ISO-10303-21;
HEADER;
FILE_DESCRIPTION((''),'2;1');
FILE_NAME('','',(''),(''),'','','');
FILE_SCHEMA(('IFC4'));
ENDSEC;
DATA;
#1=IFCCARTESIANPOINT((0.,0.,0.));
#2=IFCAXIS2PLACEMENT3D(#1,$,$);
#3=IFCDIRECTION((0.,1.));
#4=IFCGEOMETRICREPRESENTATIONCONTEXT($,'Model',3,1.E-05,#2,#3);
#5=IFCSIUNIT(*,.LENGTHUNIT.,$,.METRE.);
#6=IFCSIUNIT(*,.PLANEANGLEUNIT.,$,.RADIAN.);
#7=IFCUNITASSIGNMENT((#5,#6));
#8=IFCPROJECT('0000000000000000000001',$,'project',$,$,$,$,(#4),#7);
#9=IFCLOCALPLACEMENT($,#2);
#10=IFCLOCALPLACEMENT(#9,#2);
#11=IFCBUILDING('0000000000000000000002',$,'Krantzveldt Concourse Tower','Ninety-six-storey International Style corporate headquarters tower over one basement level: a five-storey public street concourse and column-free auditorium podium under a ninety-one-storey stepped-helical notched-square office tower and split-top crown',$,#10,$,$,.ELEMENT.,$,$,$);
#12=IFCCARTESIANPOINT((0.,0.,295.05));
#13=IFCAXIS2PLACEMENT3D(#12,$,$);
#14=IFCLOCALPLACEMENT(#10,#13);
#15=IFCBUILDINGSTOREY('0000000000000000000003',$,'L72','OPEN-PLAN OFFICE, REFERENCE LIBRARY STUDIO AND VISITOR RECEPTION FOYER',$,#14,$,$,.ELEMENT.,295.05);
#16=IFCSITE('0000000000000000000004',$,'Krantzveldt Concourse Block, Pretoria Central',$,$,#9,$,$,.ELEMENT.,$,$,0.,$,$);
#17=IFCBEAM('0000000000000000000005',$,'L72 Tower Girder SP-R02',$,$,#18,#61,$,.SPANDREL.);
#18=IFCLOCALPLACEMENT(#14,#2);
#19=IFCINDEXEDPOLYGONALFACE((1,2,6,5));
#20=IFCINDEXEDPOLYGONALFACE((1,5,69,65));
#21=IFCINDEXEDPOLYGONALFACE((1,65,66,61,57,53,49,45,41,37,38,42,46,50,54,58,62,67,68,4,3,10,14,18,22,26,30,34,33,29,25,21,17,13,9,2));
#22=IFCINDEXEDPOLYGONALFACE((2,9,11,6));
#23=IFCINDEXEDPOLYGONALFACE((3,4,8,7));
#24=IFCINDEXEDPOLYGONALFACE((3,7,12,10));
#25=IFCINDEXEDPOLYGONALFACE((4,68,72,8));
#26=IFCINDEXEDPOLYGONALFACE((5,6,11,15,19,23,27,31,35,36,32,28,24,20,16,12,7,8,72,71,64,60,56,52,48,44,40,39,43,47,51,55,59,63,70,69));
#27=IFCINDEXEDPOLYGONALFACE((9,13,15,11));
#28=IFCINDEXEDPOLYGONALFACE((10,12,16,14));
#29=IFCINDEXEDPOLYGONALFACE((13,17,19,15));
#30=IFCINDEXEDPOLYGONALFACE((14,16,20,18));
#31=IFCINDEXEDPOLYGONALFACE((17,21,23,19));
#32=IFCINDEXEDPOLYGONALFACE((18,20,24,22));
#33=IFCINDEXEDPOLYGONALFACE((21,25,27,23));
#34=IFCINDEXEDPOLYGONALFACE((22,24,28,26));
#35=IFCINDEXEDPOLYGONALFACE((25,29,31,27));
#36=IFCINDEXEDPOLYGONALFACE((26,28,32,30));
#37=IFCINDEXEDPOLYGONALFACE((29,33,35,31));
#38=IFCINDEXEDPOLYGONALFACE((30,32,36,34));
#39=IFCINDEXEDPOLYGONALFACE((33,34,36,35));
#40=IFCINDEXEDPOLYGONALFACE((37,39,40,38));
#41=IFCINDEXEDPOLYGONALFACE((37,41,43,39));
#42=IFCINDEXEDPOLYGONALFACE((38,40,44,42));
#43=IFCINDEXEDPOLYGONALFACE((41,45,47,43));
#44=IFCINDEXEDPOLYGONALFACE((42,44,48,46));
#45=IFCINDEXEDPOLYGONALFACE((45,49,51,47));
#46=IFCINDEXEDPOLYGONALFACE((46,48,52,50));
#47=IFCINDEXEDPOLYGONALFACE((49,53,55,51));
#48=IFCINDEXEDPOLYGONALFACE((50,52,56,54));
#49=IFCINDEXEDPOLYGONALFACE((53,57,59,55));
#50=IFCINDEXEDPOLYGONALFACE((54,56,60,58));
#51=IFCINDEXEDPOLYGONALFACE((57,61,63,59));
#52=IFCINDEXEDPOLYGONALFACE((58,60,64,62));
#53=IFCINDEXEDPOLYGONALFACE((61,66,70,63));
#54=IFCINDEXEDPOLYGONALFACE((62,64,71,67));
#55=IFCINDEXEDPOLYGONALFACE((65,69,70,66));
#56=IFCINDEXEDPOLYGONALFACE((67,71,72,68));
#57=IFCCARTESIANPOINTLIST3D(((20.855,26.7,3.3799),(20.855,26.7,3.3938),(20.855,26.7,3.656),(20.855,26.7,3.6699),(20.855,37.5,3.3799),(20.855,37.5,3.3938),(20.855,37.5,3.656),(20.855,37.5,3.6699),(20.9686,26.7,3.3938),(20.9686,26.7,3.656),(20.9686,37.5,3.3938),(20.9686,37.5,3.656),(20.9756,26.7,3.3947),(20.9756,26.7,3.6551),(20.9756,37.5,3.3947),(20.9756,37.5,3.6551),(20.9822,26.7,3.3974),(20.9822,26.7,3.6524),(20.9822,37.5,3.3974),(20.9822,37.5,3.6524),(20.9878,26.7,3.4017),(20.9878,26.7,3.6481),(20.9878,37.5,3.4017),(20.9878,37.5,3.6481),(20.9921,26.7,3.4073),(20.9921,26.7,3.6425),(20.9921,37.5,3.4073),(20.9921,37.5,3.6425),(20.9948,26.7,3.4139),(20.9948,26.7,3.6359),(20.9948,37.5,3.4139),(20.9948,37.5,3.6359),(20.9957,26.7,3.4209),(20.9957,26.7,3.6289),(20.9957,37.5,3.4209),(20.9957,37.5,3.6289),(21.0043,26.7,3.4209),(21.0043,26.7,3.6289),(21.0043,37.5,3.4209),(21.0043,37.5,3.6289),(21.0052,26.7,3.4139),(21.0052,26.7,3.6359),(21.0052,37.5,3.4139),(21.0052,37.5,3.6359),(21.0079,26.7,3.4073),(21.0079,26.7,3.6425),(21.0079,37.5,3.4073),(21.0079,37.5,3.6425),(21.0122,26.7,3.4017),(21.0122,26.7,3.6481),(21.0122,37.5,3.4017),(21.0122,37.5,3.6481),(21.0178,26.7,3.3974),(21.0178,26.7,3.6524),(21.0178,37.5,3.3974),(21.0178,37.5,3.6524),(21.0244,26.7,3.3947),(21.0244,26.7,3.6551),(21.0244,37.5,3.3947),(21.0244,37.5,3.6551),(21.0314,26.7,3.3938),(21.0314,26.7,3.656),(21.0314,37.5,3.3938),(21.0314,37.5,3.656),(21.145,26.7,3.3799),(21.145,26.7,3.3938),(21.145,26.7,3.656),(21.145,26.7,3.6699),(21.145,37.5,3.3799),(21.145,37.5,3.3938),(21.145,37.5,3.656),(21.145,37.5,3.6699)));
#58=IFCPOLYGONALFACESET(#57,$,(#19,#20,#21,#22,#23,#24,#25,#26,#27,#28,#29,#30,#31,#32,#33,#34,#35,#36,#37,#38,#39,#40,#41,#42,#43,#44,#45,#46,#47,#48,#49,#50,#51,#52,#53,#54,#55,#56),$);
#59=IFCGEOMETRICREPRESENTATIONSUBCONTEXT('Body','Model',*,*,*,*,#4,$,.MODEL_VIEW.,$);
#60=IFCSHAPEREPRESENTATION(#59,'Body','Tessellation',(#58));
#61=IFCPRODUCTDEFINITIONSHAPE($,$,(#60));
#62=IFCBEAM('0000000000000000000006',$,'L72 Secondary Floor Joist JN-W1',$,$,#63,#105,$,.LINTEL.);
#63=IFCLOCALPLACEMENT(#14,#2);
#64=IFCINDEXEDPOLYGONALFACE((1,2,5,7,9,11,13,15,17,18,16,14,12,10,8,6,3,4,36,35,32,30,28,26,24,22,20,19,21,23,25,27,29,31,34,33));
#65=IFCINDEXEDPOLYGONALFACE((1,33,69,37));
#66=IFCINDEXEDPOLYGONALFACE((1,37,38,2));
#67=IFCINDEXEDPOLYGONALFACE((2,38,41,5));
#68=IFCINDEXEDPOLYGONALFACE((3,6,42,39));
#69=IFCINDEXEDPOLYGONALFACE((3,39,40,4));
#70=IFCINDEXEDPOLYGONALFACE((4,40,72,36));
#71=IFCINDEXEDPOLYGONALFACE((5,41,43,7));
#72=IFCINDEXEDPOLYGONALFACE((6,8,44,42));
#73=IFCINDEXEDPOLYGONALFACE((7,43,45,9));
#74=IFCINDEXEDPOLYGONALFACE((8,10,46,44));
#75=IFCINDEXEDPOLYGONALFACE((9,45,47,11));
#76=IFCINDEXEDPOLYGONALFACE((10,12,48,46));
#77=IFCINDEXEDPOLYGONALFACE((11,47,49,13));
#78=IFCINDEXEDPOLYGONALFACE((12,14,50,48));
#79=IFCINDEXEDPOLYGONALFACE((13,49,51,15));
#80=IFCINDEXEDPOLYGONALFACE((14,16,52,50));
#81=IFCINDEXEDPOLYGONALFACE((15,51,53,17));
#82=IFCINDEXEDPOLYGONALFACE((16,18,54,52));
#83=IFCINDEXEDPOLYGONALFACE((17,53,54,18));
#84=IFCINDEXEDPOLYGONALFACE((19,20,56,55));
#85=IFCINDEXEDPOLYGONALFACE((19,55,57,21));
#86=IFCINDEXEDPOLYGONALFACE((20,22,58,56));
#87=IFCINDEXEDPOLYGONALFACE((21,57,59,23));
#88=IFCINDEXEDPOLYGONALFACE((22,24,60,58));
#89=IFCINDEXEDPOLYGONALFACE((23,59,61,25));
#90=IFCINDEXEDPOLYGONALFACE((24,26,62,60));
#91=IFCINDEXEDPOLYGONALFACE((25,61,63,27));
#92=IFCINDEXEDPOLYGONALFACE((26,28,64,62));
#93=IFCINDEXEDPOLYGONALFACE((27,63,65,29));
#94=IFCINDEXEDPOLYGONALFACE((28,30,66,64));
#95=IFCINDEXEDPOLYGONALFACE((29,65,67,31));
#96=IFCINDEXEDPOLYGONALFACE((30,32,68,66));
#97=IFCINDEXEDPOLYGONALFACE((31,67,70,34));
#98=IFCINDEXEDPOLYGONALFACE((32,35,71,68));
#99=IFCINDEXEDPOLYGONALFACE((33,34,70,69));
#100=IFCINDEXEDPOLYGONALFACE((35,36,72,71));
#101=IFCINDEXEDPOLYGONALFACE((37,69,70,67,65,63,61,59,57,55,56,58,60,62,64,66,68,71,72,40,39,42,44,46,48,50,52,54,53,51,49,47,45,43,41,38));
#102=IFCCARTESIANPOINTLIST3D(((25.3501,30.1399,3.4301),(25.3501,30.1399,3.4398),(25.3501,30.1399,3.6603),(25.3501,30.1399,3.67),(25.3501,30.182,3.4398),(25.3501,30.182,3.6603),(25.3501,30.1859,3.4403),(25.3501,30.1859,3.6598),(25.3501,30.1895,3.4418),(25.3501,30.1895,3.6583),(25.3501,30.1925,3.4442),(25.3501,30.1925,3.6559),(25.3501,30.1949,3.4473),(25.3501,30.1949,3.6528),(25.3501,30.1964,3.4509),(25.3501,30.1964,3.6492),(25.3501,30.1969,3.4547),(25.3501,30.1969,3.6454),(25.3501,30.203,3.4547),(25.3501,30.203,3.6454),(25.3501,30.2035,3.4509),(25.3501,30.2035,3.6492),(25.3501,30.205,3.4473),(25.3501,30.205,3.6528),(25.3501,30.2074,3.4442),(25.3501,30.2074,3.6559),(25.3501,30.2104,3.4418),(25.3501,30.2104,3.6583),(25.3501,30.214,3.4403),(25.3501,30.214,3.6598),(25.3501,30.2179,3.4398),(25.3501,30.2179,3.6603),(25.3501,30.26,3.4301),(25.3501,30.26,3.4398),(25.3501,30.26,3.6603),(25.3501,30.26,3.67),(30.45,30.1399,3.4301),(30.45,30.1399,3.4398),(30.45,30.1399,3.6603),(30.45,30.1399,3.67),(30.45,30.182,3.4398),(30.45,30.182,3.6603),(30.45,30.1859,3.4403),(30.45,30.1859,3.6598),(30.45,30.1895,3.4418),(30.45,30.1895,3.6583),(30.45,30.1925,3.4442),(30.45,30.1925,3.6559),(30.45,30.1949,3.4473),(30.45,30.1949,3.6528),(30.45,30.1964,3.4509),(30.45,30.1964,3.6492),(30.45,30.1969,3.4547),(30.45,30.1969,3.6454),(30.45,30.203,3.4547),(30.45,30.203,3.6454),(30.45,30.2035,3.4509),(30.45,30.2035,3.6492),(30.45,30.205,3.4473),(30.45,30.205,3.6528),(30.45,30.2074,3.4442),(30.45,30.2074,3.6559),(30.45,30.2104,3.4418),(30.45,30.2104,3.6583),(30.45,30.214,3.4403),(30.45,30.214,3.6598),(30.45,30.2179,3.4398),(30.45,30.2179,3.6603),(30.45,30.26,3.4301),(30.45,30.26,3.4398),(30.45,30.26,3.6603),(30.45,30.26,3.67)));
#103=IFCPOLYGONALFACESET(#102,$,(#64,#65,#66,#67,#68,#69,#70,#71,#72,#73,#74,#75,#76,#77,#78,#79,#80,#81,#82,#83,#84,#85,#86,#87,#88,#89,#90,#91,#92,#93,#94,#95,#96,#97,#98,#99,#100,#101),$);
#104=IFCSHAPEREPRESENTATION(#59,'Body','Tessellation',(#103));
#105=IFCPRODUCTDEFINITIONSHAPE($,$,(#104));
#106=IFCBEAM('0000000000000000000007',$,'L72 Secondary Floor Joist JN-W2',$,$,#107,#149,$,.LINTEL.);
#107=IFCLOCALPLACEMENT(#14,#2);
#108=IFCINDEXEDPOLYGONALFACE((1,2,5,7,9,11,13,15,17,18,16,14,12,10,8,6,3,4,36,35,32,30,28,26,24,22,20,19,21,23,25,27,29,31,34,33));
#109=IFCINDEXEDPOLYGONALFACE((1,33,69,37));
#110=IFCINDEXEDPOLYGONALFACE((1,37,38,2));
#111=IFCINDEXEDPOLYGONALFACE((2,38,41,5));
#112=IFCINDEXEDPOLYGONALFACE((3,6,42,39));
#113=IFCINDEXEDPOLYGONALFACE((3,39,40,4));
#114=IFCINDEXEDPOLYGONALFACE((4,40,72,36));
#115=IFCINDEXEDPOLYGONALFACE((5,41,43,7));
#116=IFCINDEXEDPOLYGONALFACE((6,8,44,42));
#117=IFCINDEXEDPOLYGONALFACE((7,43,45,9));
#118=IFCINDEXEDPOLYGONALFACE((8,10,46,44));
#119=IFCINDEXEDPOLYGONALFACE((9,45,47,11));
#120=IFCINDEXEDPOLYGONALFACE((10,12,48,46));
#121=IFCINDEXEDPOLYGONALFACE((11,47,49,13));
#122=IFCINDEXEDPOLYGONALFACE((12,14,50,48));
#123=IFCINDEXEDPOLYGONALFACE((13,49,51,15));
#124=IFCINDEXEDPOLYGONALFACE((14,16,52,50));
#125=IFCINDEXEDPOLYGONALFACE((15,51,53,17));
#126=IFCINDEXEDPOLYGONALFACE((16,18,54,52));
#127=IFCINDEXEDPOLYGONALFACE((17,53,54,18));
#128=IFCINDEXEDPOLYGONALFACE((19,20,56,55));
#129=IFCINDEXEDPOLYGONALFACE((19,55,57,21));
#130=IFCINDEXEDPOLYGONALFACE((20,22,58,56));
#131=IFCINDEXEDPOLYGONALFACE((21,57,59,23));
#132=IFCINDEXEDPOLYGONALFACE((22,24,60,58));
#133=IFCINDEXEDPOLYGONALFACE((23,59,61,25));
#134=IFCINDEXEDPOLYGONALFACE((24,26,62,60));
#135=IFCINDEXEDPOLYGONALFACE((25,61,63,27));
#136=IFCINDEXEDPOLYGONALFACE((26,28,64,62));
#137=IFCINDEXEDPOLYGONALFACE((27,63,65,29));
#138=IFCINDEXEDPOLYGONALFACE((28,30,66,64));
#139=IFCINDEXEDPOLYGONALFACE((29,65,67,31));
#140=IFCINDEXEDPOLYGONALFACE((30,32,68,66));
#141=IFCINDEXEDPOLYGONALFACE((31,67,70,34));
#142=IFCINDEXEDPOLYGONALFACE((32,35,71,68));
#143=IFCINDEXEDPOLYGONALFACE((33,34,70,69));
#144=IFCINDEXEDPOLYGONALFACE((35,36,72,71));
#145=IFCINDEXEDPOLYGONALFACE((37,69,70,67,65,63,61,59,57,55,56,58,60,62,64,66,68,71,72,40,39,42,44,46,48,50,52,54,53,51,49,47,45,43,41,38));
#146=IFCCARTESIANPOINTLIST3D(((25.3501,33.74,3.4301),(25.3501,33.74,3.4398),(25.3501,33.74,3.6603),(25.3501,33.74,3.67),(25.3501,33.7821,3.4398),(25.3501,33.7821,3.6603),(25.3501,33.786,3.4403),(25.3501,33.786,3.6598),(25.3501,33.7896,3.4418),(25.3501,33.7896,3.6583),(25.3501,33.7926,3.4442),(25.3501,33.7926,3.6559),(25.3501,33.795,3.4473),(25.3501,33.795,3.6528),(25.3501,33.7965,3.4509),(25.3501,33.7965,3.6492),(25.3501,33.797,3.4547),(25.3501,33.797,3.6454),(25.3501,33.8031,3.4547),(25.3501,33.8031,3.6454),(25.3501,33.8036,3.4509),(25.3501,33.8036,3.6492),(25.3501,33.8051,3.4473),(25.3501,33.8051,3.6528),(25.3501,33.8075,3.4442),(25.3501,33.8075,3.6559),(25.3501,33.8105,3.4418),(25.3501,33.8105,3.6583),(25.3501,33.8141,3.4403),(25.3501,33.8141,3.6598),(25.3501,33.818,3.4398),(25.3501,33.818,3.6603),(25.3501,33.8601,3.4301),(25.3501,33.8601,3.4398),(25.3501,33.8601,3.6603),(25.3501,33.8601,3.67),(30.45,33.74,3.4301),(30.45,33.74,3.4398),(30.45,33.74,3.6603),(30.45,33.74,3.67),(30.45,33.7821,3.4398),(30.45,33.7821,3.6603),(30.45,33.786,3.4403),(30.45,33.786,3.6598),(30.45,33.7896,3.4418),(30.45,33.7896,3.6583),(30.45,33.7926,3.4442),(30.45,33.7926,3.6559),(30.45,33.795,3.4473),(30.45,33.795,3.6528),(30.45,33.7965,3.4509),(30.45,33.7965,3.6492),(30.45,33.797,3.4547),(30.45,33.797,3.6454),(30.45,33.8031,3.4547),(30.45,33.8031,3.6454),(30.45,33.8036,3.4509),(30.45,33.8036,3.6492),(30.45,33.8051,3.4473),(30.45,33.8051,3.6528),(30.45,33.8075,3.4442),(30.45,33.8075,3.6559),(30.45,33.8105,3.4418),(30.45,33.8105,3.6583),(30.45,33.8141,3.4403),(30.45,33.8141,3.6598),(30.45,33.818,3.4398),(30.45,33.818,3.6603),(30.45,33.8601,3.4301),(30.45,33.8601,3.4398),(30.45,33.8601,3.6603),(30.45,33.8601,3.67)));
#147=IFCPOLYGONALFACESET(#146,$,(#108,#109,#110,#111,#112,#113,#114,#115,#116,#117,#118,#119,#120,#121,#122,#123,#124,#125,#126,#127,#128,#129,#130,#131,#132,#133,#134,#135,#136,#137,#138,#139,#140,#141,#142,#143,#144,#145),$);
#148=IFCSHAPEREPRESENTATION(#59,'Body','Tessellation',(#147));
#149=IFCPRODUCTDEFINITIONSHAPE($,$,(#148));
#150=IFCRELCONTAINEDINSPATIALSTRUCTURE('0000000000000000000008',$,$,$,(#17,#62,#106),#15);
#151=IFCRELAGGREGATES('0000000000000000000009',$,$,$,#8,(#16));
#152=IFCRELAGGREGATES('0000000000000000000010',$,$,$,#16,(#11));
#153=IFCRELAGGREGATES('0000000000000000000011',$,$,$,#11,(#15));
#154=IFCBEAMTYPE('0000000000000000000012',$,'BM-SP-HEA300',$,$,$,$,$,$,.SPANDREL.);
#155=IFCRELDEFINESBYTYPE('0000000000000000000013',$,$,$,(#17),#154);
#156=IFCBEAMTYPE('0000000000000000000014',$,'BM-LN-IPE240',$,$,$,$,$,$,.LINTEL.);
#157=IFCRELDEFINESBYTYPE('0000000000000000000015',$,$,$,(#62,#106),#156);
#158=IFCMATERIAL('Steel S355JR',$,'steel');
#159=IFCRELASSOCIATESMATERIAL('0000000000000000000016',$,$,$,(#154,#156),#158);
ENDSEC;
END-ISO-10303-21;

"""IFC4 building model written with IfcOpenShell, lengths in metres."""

from ifc_helpers import new_model, si_unit, direction, frame, origin, origin_2d, place, context, subcontext, project, spatial, i_section, extrude, source, transform, mapped, material, material_profile, profile_set, type_object, type_shapes, element, save


model = new_model("IFC4")

# Units and contexts
model_context = context("Model", 3, precision=1e-05, world=origin(), true_north=direction((0.0, 1.0)))
body_context = subcontext(model_context, "Body", "Model", "MODEL_VIEW")
ifc_project = project(units=[si_unit("LENGTHUNIT", "METRE"), si_unit("PLANEANGLEUNIT", "RADIAN")], contexts=[model_context])

# Site, building, storey
site_placement = place(None, origin())
site = spatial("IfcSite", under=ifc_project, at=site_placement, Name="Krantzveldt Concourse Block, Pretoria Central", CompositionType="ELEMENT", RefElevation=0.0)
building_placement = place(site_placement, origin())
building = spatial("IfcBuilding", under=site, at=building_placement, Name="Krantzveldt Concourse Tower", Description="Ninety-six-storey International Style corporate headquarters tower over one basement level: a five-storey public street concourse and column-free auditorium podium under a ninety-one-storey stepped-helical notched-square office tower and split-top crown", CompositionType="ELEMENT")
storey_placement = place(building_placement, frame((0.0, 0.0, 295.05)))
storey = spatial("IfcBuildingStorey", under=building, at=storey_placement, Name="L72", Description="OPEN-PLAN OFFICE, REFERENCE LIBRARY STUDIO AND VISITOR RECEPTION FOYER", CompositionType="ELEMENT", Elevation=295.05)

# Beams
ifc_material_1 = material(Name="Steel S355JR", Category="steel")
ifc_material_profile_1 = material_profile(ifc_material_1, i_section(OverallWidth=0.29, OverallDepth=0.29, WebThickness=0.0085, FlangeThickness=0.0139, FilletRadius=0.0271, at=origin_2d()), Name="Steel S355JR", Category="steel")
ifc_profile_set_1 = profile_set([ifc_material_profile_1], Name="Steel S355JR - HEA 300")
beam_type_1 = type_object("IfcBeamType", Name="BM-SP-HEA300", PredefinedType="SPANDREL", material=ifc_profile_set_1)
shared_shape_1 = source(origin(), body_context, "Body", "SweptSolid", [
    extrude(i_section(OverallWidth=0.29, OverallDepth=0.29, WebThickness=0.0085, FlangeThickness=0.0139, FilletRadius=0.0271, at=origin_2d()), origin(), (0.0, 0.0, 1.0), 10.8),
])
type_shapes(beam_type_1, [shared_shape_1])
beam_1_placement = place(storey_placement, frame((21.0, 26.7, 3.5249), z_axis=(0.0, 1.0, 0.0), x_axis=(-1.0, 0.0, 0.0)))
element("IfcBeam", 1, at=beam_1_placement, inside=storey, type_object=beam_type_1, Name="L72 Tower Girder SP-R02", PredefinedType="SPANDREL", context=body_context, shape_type="MappedRepresentation", body=[
    mapped(shared_shape_1, transform((0.0, 0.0, 0.0), x_axis=(1.0, 0.0, 0.0), y_axis=(0.0, 1.0, 0.0), z_axis=(0.0, 0.0, 1.0), scale=1.0)),
])
ifc_material_profile_2 = material_profile(ifc_material_1, i_section(OverallWidth=0.1201, OverallDepth=0.24, WebThickness=0.0061, FlangeThickness=0.0098, FilletRadius=0.0149, at=origin_2d()), Name="Steel S355JR", Category="steel")
ifc_profile_set_2 = profile_set([ifc_material_profile_2], Name="Steel S355JR - IPE 240")
beam_type_2 = type_object("IfcBeamType", Name="BM-LN-IPE240", PredefinedType="LINTEL", material=ifc_profile_set_2)
shared_shape_2 = source(origin(), body_context, "Body", "SweptSolid", [
    extrude(i_section(OverallWidth=0.1201, OverallDepth=0.24, WebThickness=0.0061, FlangeThickness=0.0098, FilletRadius=0.0149, at=origin_2d()), origin(), (0.0, 0.0, 1.0), 5.0999),
])
type_shapes(beam_type_2, [shared_shape_2])
for number, where, z_axis, x_axis, name in (
    (2, (25.3501, 30.2, 3.55), (1.0, 0.0, 0.0), (0.0, 1.0, 0.0), "L72 Secondary Floor Joist JN-W1"),
    (3, (25.3501, 33.8, 3.55), (1.0, 0.0, 0.0), (0.0, 1.0, 0.0), "L72 Secondary Floor Joist JN-W2"),
):
    element("IfcBeam", number, at=place(storey_placement, frame(where, z_axis=z_axis, x_axis=x_axis)), inside=storey, type_object=beam_type_2, Name=name, PredefinedType="LINTEL", context=body_context, shape_type="MappedRepresentation", body=[
        mapped(shared_shape_2, transform((0.0, 0.0, 0.0), x_axis=(1.0, 0.0, 0.0), y_axis=(0.0, 1.0, 0.0), z_axis=(0.0, 0.0, 1.0), scale=1.0)),
    ])

save(model, "model.ifc")
